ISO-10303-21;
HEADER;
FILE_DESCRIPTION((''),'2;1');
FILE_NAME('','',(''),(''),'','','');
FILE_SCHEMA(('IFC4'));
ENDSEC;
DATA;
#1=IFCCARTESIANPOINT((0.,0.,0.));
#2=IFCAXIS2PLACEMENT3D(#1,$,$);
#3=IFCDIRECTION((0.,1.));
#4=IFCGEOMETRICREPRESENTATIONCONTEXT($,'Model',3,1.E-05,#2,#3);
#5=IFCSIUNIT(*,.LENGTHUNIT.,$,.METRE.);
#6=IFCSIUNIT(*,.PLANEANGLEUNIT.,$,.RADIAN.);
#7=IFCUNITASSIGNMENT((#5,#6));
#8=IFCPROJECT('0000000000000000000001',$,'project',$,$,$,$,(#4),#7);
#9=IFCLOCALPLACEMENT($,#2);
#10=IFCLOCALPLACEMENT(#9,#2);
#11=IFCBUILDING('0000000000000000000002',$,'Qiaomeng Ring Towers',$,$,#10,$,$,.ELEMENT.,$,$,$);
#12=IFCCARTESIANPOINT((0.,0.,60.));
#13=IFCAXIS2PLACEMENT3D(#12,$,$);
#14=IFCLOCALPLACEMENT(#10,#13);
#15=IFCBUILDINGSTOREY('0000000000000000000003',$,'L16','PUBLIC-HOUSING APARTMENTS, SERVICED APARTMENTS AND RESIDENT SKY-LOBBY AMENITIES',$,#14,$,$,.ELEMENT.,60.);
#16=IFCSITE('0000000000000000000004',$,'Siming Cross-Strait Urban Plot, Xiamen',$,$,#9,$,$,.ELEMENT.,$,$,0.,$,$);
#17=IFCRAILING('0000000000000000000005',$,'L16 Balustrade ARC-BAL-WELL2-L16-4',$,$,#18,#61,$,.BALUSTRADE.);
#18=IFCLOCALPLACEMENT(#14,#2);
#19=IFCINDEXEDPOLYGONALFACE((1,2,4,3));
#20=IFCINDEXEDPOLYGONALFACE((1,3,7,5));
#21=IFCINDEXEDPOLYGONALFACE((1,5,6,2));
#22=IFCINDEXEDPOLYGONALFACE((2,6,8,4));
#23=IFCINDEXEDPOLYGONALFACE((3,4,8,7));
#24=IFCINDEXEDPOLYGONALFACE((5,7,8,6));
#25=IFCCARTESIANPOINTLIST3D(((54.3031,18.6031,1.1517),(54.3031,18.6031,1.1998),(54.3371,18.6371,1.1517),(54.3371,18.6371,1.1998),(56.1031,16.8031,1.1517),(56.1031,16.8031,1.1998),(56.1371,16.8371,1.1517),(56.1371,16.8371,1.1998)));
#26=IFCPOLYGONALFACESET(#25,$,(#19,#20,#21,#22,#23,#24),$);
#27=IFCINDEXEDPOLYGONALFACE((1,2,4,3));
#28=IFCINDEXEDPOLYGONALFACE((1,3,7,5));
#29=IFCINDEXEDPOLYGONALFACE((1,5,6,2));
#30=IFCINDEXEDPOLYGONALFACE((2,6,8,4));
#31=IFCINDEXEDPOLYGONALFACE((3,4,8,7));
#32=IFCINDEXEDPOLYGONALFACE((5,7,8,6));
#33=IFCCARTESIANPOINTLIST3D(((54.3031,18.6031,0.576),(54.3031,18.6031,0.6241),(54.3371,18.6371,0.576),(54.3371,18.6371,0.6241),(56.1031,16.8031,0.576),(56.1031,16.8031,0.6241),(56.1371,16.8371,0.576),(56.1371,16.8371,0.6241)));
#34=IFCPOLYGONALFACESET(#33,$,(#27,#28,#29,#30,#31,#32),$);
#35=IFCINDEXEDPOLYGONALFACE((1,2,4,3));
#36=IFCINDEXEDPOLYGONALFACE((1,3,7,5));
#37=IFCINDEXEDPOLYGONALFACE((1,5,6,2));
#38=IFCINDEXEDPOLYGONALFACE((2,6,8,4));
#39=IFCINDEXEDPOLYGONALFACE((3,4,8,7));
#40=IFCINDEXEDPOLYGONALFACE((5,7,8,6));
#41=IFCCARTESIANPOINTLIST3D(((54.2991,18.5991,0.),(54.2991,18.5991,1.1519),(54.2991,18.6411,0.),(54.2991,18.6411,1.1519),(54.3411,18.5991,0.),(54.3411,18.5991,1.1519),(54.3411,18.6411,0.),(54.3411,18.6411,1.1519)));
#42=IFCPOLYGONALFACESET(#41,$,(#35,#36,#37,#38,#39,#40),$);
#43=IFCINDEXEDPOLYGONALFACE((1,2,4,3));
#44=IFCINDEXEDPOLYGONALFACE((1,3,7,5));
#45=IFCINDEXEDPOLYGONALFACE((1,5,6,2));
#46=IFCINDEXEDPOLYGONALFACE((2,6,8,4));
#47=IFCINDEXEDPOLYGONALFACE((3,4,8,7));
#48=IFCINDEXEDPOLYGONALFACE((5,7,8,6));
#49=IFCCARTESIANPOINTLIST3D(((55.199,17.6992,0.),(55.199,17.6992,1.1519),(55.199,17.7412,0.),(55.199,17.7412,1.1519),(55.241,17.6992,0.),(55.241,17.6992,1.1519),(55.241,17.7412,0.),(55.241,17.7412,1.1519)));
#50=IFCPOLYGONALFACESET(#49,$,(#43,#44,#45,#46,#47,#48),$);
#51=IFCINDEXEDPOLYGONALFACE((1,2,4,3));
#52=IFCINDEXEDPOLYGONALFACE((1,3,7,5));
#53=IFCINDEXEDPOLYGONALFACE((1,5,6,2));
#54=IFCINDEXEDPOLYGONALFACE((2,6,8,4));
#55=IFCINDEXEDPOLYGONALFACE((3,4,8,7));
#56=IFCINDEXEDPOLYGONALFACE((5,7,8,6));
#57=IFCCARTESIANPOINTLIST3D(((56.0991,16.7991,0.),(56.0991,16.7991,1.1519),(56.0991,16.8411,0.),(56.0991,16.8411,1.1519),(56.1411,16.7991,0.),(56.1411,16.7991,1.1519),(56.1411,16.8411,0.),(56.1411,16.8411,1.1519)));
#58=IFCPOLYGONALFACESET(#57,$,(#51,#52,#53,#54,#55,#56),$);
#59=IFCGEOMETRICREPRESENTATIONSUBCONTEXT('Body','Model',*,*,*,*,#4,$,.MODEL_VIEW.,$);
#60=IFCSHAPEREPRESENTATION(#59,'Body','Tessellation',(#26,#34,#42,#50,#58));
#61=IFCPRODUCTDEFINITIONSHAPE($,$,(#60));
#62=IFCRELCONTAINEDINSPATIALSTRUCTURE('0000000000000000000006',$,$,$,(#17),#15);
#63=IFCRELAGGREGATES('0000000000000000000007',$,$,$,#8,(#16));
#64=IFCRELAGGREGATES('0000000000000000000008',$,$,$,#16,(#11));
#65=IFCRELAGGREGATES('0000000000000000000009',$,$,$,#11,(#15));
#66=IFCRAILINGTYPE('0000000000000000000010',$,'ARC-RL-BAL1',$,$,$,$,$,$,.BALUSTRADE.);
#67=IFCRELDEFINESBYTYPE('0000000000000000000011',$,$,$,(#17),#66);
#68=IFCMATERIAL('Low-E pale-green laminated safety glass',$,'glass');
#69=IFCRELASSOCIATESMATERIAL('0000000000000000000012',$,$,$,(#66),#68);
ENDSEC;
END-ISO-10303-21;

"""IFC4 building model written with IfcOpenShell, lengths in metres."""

from ifc_helpers import new_model, si_unit, direction, frame, origin, origin_2d, place, context, subcontext, project, spatial, rectangle, extrude, material, type_object, element, save


model = new_model("IFC4")

# Units and contexts
model_context = context("Model", 3, precision=1e-05, world=origin(), true_north=direction((0.0, 1.0)))
body_context = subcontext(model_context, "Body", "Model", "MODEL_VIEW")
ifc_project = project(units=[si_unit("LENGTHUNIT", "METRE"), si_unit("PLANEANGLEUNIT", "RADIAN")], contexts=[model_context])

# Site, building, storey
site_placement = place(None, origin())
site = spatial("IfcSite", under=ifc_project, at=site_placement, Name="Siming Cross-Strait Urban Plot, Xiamen", CompositionType="ELEMENT", RefElevation=0.0)
building_placement = place(site_placement, origin())
building = spatial("IfcBuilding", under=site, at=building_placement, Name="Qiaomeng Ring Towers", CompositionType="ELEMENT")
storey_placement = place(building_placement, frame((0.0, 0.0, 60.0)))
storey = spatial("IfcBuildingStorey", under=building, at=storey_placement, Name="L16", Description="PUBLIC-HOUSING APARTMENTS, SERVICED APARTMENTS AND RESIDENT SKY-LOBBY AMENITIES", CompositionType="ELEMENT", Elevation=60.0)

# Railing
ifc_material_1 = material(Name="Low-E pale-green laminated safety glass", Category="glass")
railing_type = type_object("IfcRailingType", Name="ARC-RL-BAL1", PredefinedType="BALUSTRADE", material=ifc_material_1)
railing_placement = place(storey_placement, frame((54.3201, 18.6201, 0.0)))
element("IfcRailing", 1, at=railing_placement, inside=storey, type_object=railing_type, Name="L16 Balustrade ARC-BAL-WELL2-L16-4", PredefinedType="BALUSTRADE", context=body_context, shape_type="SweptSolid", body=[
    extrude(rectangle(XDim=0.0481, YDim=0.0481, at=origin_2d()), frame((0.0, 0.0, 1.1758), z_axis=(0.707107, -0.707107, 0.0), x_axis=(0.707107, 0.707107, 0.0)), (0.0, 0.0, 1.0), 2.5457),
    extrude(rectangle(XDim=0.0481, YDim=0.0481, at=origin_2d()), frame((0.0, 0.0, 0.6001), z_axis=(0.707107, -0.707107, 0.0), x_axis=(0.707107, 0.707107, 0.0)), (0.0, 0.0, 1.0), 2.5457),
    extrude(rectangle(XDim=0.042, YDim=0.042, at=origin_2d()), origin(), (0.0, 0.0, 1.0), 1.1519),
    extrude(rectangle(XDim=0.042, YDim=0.042, at=origin_2d()), frame((0.8999, -0.8999, 0.0)), (0.0, 0.0, 1.0), 1.1519),
    extrude(rectangle(XDim=0.042, YDim=0.042, at=origin_2d()), frame((1.8, -1.8, 0.0)), (0.0, 0.0, 1.0), 1.1519),
])

save(model, "model.ifc")
